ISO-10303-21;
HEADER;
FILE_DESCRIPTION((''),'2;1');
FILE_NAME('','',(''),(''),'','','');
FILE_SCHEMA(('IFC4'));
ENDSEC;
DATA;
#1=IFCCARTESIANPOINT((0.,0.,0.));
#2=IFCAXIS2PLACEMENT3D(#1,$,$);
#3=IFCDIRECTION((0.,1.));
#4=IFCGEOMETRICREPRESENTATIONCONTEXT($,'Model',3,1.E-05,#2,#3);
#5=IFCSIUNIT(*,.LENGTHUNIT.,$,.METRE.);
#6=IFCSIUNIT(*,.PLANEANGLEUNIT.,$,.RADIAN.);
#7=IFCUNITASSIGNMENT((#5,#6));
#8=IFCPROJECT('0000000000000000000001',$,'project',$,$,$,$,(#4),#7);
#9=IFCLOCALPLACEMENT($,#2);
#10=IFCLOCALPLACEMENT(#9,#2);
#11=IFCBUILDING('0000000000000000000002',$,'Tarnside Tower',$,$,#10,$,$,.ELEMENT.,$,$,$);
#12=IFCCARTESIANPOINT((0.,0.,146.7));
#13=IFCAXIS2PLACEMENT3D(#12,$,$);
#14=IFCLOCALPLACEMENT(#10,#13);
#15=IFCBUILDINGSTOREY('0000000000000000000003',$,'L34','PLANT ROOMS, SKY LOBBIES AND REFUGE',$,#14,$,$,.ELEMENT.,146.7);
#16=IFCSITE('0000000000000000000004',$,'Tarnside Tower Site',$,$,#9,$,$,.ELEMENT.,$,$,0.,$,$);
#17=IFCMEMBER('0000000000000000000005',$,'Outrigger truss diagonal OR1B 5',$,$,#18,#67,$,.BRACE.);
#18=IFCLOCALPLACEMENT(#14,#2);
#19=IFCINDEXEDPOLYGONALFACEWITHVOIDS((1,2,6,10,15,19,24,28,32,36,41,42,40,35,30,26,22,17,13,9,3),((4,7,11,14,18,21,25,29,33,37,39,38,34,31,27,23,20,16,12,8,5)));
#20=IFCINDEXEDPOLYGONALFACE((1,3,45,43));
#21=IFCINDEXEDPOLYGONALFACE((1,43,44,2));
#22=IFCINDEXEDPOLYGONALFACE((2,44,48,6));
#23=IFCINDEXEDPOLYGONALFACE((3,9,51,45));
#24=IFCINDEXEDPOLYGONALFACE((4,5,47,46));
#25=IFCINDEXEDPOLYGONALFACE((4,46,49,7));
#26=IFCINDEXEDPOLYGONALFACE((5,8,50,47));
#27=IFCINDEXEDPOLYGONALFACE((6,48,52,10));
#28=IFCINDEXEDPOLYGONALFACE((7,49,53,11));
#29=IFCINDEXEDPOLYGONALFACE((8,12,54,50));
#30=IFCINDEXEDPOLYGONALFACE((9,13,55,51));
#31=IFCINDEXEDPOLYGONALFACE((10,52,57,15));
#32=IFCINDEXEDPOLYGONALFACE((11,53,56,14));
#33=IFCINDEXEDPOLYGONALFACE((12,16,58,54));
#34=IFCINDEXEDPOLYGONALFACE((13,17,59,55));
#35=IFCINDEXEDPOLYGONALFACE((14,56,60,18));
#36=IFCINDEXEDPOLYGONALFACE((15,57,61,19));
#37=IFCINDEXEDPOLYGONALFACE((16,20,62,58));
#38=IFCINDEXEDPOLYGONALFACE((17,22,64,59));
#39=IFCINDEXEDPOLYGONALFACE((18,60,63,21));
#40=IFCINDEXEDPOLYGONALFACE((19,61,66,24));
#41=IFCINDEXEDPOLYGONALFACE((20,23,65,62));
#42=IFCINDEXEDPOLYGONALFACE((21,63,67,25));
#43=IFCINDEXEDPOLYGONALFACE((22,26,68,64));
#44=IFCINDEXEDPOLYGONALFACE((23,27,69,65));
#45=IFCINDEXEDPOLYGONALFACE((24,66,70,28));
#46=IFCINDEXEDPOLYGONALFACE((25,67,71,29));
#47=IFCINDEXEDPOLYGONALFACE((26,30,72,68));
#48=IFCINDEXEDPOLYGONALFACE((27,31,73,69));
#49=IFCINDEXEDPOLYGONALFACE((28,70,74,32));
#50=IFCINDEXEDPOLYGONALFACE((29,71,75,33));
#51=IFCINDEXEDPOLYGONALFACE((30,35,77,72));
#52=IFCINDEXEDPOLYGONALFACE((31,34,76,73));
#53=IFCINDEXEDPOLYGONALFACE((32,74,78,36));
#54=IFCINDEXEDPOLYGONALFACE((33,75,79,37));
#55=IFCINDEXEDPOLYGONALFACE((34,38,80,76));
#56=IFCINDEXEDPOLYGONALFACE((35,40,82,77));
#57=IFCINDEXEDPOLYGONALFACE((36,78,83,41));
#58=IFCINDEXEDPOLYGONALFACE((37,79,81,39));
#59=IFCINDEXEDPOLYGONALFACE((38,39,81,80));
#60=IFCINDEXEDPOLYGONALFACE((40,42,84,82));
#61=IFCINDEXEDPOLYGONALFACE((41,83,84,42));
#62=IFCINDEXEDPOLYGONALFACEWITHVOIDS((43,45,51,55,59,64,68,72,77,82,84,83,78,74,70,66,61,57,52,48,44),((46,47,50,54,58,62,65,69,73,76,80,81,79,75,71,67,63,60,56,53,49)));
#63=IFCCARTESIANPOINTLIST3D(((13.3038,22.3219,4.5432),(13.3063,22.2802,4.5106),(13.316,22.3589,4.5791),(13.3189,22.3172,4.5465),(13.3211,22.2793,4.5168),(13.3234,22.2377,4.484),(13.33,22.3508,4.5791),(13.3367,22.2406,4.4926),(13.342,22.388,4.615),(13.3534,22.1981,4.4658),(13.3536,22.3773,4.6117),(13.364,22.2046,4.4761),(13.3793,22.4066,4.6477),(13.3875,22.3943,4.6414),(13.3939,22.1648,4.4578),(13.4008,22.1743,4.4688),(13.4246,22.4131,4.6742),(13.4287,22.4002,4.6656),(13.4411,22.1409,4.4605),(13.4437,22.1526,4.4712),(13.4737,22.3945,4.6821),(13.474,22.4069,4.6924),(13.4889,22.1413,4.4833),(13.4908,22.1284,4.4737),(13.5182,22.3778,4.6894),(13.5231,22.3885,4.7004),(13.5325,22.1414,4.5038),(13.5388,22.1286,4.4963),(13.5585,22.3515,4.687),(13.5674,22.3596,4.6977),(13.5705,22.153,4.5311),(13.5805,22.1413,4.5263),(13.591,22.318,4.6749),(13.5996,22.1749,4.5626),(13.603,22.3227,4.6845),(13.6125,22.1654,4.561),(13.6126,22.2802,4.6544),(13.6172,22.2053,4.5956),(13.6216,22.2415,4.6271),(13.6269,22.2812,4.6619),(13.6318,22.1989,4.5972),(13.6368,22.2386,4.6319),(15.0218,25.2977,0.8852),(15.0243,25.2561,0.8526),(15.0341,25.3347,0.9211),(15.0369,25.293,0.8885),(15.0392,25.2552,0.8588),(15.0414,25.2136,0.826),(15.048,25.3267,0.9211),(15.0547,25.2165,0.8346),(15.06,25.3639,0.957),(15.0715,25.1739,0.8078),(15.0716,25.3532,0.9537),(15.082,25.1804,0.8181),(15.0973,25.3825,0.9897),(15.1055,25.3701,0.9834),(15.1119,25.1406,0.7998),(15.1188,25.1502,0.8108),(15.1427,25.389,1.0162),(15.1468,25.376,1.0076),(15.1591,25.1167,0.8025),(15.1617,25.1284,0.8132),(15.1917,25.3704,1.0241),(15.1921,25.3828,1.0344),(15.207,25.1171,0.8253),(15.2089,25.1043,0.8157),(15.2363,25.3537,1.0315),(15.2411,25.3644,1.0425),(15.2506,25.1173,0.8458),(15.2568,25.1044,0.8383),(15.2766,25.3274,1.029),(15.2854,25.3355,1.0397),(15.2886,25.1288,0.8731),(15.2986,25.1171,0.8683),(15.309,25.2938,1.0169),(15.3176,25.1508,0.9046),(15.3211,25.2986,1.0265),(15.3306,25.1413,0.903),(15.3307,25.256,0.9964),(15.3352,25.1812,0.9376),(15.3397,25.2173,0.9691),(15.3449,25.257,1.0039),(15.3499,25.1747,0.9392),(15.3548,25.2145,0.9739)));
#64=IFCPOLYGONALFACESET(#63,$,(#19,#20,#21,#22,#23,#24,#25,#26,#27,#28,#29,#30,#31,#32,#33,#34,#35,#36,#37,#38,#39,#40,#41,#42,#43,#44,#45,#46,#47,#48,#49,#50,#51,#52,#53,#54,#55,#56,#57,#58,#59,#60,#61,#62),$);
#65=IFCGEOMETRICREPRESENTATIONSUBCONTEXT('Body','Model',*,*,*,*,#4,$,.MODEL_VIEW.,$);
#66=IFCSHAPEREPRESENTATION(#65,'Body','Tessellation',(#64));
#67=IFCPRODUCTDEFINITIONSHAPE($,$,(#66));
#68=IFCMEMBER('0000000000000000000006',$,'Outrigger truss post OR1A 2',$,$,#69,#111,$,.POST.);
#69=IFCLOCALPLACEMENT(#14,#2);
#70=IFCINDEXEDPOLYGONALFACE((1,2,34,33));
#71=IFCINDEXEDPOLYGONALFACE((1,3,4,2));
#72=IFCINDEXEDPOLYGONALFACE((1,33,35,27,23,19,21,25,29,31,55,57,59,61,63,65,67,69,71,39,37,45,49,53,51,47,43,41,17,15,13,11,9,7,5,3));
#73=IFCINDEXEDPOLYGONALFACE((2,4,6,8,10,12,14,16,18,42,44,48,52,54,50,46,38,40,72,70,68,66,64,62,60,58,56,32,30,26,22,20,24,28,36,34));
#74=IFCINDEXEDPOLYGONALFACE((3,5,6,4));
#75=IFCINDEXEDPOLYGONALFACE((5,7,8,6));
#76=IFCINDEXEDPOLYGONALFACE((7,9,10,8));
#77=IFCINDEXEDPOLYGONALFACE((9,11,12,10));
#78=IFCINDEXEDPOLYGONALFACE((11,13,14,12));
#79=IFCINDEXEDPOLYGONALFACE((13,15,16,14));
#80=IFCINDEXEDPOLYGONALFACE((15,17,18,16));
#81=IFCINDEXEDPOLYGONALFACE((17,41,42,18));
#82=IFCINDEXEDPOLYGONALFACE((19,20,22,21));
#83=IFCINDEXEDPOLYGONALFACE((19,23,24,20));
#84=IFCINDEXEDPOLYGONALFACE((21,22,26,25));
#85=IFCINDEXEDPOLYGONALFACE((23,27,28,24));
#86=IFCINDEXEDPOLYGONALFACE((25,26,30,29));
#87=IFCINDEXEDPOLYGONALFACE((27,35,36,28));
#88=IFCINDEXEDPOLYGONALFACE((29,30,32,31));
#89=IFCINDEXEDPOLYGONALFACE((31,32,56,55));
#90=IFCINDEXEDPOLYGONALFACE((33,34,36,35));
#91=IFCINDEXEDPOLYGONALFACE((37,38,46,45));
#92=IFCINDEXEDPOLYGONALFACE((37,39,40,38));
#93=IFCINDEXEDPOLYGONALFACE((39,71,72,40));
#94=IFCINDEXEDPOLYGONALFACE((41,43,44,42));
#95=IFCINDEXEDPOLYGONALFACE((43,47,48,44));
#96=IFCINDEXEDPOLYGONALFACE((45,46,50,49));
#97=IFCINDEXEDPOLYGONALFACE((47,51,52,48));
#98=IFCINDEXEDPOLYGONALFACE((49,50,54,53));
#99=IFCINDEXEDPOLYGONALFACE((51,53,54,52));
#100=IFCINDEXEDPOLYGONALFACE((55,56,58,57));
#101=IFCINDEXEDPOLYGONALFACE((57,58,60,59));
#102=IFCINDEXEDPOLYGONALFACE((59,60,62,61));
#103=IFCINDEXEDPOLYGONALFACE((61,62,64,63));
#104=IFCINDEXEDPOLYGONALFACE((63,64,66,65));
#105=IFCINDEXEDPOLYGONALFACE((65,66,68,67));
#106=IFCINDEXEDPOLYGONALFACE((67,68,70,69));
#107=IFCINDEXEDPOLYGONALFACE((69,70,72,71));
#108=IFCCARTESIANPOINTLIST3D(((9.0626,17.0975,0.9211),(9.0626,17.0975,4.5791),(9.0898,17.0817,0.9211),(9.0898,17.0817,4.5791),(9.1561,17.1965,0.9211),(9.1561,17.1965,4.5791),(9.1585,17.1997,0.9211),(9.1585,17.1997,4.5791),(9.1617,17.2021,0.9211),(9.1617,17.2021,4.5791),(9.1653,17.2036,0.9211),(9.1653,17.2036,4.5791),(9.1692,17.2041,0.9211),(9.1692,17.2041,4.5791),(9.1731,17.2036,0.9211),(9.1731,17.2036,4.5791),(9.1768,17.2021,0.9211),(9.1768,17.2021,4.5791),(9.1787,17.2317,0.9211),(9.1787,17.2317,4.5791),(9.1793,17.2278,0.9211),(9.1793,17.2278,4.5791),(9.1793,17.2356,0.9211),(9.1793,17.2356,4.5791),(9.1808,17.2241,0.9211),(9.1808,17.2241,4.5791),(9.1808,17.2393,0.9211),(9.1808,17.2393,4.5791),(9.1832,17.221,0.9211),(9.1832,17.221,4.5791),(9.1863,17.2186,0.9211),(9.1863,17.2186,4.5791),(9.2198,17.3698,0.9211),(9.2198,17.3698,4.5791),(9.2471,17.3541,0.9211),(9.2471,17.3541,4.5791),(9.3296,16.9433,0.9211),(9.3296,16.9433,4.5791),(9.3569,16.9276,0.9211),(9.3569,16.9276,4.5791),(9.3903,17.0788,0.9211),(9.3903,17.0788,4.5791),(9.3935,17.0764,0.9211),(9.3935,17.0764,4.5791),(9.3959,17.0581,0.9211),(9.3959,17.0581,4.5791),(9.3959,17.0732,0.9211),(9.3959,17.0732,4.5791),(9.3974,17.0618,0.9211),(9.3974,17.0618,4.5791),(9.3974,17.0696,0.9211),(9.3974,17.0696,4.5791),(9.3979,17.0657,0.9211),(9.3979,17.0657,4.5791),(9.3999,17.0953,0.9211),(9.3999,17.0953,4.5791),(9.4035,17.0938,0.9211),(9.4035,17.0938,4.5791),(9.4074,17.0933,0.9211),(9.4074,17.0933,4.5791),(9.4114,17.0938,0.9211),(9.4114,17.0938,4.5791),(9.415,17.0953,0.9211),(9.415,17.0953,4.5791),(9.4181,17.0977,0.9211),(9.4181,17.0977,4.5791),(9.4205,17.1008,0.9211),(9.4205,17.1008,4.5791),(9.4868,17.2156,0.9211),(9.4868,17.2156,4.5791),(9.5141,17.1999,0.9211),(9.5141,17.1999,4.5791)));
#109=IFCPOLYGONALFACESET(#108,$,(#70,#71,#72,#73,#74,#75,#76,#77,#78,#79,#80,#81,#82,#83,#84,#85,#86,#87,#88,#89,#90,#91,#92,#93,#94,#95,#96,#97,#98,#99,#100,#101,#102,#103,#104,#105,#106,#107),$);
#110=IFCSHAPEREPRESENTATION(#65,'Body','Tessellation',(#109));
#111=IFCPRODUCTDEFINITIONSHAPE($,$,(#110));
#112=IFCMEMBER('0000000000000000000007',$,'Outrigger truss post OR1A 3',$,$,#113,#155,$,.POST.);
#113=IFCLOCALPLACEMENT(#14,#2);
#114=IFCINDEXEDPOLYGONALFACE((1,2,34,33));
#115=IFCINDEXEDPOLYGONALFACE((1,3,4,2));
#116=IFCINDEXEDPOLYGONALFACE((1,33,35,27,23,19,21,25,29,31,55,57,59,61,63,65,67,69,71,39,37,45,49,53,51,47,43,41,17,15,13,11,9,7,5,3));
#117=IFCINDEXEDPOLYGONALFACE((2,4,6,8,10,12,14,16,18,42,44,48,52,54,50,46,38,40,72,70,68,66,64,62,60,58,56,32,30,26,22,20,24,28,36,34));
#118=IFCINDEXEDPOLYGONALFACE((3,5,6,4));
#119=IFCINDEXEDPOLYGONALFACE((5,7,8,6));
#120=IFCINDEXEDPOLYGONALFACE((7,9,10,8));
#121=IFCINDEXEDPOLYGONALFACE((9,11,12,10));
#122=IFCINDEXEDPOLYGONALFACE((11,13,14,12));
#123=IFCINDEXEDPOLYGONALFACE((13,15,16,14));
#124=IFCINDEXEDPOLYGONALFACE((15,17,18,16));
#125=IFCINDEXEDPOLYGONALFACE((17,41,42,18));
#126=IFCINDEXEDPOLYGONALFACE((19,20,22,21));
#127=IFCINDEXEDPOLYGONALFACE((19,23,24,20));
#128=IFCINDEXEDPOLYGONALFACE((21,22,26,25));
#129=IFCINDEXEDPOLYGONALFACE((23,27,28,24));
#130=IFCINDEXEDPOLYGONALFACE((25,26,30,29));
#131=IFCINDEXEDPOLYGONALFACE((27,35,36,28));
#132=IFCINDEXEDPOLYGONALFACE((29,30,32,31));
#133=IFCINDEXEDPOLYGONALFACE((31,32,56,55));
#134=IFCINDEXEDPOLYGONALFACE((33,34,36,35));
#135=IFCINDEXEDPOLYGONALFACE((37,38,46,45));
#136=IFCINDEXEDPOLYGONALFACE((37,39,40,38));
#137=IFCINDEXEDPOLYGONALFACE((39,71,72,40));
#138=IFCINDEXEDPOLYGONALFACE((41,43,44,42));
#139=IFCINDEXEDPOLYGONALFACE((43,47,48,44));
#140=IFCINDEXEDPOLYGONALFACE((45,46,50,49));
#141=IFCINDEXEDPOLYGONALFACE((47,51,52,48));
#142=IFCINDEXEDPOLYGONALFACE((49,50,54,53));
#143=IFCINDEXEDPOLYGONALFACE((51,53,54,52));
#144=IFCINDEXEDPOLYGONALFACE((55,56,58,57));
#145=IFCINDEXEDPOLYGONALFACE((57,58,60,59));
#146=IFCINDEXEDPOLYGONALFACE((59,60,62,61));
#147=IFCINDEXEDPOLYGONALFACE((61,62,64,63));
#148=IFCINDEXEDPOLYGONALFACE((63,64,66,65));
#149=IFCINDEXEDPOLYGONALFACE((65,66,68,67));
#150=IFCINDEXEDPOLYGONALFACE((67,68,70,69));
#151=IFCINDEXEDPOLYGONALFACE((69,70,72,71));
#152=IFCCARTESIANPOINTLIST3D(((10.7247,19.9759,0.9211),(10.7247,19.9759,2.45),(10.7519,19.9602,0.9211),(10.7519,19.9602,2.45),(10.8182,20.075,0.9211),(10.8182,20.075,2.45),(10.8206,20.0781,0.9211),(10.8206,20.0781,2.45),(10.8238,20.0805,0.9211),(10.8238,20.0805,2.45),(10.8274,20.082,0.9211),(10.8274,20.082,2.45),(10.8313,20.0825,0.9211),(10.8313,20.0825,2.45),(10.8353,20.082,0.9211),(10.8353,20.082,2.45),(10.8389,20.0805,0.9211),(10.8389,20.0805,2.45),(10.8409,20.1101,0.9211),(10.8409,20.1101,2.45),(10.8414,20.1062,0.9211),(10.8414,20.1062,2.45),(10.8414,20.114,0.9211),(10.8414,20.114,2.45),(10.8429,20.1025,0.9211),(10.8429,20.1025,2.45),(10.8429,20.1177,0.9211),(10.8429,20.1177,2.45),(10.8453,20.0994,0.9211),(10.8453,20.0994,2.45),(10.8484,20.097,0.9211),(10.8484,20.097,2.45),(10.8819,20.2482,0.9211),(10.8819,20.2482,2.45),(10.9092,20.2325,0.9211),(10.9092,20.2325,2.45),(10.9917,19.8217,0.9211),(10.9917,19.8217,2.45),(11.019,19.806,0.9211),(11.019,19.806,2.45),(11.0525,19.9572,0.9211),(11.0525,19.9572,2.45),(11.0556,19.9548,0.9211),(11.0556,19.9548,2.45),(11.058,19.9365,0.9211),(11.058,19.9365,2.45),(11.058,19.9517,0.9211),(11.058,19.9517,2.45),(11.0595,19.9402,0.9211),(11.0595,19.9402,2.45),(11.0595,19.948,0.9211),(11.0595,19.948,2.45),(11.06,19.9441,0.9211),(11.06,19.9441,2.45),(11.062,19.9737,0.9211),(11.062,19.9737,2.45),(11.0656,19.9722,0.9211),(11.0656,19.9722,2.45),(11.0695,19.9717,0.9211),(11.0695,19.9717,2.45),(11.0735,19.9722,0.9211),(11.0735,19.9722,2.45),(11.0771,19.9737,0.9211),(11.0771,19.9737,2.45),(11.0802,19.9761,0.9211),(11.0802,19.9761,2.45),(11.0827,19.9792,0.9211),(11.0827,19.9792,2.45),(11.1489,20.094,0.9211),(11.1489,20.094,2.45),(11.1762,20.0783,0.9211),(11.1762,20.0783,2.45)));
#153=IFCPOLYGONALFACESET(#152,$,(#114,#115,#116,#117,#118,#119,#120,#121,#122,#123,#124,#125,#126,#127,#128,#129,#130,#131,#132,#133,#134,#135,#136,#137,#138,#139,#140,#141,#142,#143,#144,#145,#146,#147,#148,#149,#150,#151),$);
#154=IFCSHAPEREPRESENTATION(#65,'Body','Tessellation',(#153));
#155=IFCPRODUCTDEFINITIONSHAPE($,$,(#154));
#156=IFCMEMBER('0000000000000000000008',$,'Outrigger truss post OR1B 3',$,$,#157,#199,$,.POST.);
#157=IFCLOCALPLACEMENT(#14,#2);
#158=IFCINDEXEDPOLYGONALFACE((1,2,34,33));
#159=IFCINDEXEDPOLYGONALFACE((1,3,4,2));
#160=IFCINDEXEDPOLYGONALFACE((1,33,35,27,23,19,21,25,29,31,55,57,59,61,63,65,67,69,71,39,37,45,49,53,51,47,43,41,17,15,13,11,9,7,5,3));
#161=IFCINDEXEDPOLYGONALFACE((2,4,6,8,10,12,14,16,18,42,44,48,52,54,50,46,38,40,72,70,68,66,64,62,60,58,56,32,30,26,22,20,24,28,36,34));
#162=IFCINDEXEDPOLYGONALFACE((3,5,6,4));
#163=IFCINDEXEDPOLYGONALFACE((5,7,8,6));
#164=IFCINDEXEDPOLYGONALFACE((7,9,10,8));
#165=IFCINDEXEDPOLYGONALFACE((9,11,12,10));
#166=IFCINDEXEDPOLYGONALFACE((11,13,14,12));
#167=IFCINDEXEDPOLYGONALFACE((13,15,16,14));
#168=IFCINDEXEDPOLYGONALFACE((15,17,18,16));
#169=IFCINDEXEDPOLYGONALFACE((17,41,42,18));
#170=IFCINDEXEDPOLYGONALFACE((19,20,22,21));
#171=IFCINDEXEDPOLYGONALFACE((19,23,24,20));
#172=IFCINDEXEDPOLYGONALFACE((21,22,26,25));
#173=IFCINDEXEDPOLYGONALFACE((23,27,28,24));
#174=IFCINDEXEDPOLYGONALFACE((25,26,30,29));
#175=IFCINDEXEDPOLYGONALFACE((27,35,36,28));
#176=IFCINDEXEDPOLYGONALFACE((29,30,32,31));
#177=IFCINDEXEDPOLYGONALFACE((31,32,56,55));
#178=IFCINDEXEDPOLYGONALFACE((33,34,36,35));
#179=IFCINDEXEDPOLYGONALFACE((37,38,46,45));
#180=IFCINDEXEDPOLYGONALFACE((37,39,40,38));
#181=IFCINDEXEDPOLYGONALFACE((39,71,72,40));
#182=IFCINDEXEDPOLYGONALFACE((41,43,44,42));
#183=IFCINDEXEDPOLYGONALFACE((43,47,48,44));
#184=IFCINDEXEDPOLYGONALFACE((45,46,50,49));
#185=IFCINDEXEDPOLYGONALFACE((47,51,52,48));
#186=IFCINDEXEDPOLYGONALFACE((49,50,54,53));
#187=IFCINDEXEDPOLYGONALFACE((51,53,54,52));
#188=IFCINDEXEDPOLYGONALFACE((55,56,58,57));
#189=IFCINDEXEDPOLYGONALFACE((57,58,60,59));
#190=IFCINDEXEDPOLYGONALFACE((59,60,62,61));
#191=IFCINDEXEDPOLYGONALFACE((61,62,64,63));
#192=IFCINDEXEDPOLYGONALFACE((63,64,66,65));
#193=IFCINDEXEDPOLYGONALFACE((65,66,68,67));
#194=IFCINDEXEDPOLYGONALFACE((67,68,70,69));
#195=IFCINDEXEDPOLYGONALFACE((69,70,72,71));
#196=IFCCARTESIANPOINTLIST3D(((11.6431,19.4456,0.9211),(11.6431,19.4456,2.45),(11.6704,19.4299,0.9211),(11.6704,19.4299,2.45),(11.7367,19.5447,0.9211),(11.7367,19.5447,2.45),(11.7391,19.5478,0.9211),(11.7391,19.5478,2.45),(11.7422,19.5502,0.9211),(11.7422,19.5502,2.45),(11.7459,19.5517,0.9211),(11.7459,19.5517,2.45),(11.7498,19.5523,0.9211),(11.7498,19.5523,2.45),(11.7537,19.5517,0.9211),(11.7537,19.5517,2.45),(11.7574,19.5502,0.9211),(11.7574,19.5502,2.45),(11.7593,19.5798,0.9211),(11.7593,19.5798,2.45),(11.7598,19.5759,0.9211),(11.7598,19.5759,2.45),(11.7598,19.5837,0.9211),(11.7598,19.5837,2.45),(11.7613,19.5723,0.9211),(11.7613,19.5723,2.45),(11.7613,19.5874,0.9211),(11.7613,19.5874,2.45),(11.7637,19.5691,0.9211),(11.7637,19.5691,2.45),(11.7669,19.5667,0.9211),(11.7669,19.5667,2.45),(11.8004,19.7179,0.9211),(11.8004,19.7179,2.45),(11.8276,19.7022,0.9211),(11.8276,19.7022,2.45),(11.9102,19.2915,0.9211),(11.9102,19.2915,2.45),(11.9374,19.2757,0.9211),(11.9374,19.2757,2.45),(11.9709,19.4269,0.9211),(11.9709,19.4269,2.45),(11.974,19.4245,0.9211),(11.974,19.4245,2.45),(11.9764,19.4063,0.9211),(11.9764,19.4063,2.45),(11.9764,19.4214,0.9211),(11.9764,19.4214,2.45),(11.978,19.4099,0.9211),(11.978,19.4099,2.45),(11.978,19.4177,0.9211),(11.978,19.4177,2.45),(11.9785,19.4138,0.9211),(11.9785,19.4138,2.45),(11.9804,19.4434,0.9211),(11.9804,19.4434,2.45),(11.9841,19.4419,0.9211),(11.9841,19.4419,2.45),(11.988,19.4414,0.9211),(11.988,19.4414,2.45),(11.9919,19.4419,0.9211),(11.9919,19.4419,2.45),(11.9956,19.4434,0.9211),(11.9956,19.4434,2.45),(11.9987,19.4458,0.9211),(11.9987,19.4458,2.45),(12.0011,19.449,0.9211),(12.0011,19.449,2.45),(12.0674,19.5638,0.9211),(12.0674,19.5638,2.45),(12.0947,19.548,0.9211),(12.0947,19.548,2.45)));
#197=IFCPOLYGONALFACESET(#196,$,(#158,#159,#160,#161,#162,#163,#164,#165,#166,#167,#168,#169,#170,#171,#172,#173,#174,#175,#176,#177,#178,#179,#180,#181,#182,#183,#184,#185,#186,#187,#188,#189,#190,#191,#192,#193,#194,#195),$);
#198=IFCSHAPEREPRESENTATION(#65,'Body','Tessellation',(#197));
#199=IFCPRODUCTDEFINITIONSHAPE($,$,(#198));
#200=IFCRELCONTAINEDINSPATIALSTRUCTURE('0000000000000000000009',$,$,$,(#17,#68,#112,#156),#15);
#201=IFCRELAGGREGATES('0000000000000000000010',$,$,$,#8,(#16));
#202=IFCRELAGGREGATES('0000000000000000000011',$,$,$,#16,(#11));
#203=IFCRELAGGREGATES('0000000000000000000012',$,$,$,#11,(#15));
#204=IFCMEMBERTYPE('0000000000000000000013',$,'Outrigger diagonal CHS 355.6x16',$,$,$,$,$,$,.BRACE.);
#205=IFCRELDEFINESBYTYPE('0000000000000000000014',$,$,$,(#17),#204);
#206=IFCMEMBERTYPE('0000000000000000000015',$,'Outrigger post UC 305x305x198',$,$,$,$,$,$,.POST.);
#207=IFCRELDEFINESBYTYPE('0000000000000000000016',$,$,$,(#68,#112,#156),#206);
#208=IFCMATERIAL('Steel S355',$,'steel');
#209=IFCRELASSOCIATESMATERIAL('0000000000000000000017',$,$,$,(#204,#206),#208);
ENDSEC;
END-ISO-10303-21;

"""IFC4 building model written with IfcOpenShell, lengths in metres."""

from ifc_helpers import new_model, si_unit, direction, frame, origin, origin_2d, place, context, subcontext, project, spatial, hollow_circle, i_section, extrude, material, material_profile, profile_set, type_object, element, save


model = new_model("IFC4")

# Units and contexts
model_context = context("Model", 3, precision=1e-05, world=origin(), true_north=direction((0.0, 1.0)))
body_context = subcontext(model_context, "Body", "Model", "MODEL_VIEW")
ifc_project = project(units=[si_unit("LENGTHUNIT", "METRE"), si_unit("PLANEANGLEUNIT", "RADIAN")], contexts=[model_context])

# Site, building, storey
site_placement = place(None, origin())
site = spatial("IfcSite", under=ifc_project, at=site_placement, Name="Tarnside Tower Site", CompositionType="ELEMENT", RefElevation=0.0)
building_placement = place(site_placement, origin())
building = spatial("IfcBuilding", under=site, at=building_placement, Name="Tarnside Tower", CompositionType="ELEMENT")
storey_placement = place(building_placement, frame((0.0, 0.0, 146.7)))
storey = spatial("IfcBuildingStorey", under=building, at=storey_placement, Name="L34", Description="PLANT ROOMS, SKY LOBBIES AND REFUGE", CompositionType="ELEMENT", Elevation=146.7)

# Members
ifc_material_1 = material(Name="Steel S355", Category="steel")
ifc_material_profile_1 = material_profile(ifc_material_1, hollow_circle(Radius=0.1777, WallThickness=0.0161, at=origin_2d()), Name="CHS 355.6x16")
ifc_profile_set_1 = profile_set([ifc_material_profile_1], Name="Steel S355")
member_type_1 = type_object("IfcMemberType", Name="Outrigger diagonal CHS 355.6x16", PredefinedType="BRACE", material=ifc_profile_set_1)
member_1_placement = place(storey_placement, frame((13.47, 22.27, 4.5791), z_axis=(0.34232, 0.592943, -0.728859), x_axis=(-0.866035, 0.499983, 0.0)))
element("IfcMember", 1, at=member_1_placement, inside=storey, type_object=member_type_1, Name="Outrigger truss diagonal OR1B 5", PredefinedType="BRACE", context=body_context, shape_type="SweptSolid", body=[
    extrude(hollow_circle(Radius=0.1777, WallThickness=0.0161, at=origin_2d()), origin(), (0.0, 0.0, 1.0), 5.0188),
])
ifc_material_profile_2 = material_profile(ifc_material_1, i_section(OverallWidth=0.3145, OverallDepth=0.3398, WebThickness=0.019, FlangeThickness=0.0315, FilletRadius=0.0151, at=origin_2d()), Name="UC 305x305x198")
ifc_profile_set_2 = profile_set([ifc_material_profile_2], Name="Steel S355")
member_type_2 = type_object("IfcMemberType", Name="Outrigger post UC 305x305x198", PredefinedType="POST", material=ifc_profile_set_2)
member_2_placement = place(storey_placement, frame((9.2883, 17.1487, 0.9211), z_axis=(0.0, 0.0, 1.0), x_axis=(0.5, 0.866025, 0.0)))
element("IfcMember", 2, at=member_2_placement, inside=storey, type_object=member_type_2, Name="Outrigger truss post OR1A 2", PredefinedType="POST", context=body_context, shape_type="SweptSolid", body=[
    extrude(i_section(OverallWidth=0.3145, OverallDepth=0.3398, WebThickness=0.019, FlangeThickness=0.0315, FilletRadius=0.0151, at=origin_2d()), origin(), (0.0, 0.0, 1.0), 3.658),
])
for number, where, z_axis, x_axis, name in (
    (3, (10.9504, 20.0271, 0.9211), (0.0, 0.0, 1.0), (0.5, 0.866025, 0.0), "Outrigger truss post OR1A 3"),
    (4, (11.8689, 19.4968, 0.9211), (0.0, 0.0, 1.0), (0.5, 0.866025, 0.0), "Outrigger truss post OR1B 3"),
):
    element("IfcMember", number, at=place(storey_placement, frame(where, z_axis=z_axis, x_axis=x_axis)), inside=storey, type_object=member_type_2, Name=name, PredefinedType="POST", context=body_context, shape_type="SweptSolid", body=[
        extrude(i_section(OverallWidth=0.3145, OverallDepth=0.3398, WebThickness=0.019, FlangeThickness=0.0315, FilletRadius=0.0151, at=origin_2d()), origin(), (0.0, 0.0, 1.0), 1.5288),
    ])

save(model, "model.ifc")
